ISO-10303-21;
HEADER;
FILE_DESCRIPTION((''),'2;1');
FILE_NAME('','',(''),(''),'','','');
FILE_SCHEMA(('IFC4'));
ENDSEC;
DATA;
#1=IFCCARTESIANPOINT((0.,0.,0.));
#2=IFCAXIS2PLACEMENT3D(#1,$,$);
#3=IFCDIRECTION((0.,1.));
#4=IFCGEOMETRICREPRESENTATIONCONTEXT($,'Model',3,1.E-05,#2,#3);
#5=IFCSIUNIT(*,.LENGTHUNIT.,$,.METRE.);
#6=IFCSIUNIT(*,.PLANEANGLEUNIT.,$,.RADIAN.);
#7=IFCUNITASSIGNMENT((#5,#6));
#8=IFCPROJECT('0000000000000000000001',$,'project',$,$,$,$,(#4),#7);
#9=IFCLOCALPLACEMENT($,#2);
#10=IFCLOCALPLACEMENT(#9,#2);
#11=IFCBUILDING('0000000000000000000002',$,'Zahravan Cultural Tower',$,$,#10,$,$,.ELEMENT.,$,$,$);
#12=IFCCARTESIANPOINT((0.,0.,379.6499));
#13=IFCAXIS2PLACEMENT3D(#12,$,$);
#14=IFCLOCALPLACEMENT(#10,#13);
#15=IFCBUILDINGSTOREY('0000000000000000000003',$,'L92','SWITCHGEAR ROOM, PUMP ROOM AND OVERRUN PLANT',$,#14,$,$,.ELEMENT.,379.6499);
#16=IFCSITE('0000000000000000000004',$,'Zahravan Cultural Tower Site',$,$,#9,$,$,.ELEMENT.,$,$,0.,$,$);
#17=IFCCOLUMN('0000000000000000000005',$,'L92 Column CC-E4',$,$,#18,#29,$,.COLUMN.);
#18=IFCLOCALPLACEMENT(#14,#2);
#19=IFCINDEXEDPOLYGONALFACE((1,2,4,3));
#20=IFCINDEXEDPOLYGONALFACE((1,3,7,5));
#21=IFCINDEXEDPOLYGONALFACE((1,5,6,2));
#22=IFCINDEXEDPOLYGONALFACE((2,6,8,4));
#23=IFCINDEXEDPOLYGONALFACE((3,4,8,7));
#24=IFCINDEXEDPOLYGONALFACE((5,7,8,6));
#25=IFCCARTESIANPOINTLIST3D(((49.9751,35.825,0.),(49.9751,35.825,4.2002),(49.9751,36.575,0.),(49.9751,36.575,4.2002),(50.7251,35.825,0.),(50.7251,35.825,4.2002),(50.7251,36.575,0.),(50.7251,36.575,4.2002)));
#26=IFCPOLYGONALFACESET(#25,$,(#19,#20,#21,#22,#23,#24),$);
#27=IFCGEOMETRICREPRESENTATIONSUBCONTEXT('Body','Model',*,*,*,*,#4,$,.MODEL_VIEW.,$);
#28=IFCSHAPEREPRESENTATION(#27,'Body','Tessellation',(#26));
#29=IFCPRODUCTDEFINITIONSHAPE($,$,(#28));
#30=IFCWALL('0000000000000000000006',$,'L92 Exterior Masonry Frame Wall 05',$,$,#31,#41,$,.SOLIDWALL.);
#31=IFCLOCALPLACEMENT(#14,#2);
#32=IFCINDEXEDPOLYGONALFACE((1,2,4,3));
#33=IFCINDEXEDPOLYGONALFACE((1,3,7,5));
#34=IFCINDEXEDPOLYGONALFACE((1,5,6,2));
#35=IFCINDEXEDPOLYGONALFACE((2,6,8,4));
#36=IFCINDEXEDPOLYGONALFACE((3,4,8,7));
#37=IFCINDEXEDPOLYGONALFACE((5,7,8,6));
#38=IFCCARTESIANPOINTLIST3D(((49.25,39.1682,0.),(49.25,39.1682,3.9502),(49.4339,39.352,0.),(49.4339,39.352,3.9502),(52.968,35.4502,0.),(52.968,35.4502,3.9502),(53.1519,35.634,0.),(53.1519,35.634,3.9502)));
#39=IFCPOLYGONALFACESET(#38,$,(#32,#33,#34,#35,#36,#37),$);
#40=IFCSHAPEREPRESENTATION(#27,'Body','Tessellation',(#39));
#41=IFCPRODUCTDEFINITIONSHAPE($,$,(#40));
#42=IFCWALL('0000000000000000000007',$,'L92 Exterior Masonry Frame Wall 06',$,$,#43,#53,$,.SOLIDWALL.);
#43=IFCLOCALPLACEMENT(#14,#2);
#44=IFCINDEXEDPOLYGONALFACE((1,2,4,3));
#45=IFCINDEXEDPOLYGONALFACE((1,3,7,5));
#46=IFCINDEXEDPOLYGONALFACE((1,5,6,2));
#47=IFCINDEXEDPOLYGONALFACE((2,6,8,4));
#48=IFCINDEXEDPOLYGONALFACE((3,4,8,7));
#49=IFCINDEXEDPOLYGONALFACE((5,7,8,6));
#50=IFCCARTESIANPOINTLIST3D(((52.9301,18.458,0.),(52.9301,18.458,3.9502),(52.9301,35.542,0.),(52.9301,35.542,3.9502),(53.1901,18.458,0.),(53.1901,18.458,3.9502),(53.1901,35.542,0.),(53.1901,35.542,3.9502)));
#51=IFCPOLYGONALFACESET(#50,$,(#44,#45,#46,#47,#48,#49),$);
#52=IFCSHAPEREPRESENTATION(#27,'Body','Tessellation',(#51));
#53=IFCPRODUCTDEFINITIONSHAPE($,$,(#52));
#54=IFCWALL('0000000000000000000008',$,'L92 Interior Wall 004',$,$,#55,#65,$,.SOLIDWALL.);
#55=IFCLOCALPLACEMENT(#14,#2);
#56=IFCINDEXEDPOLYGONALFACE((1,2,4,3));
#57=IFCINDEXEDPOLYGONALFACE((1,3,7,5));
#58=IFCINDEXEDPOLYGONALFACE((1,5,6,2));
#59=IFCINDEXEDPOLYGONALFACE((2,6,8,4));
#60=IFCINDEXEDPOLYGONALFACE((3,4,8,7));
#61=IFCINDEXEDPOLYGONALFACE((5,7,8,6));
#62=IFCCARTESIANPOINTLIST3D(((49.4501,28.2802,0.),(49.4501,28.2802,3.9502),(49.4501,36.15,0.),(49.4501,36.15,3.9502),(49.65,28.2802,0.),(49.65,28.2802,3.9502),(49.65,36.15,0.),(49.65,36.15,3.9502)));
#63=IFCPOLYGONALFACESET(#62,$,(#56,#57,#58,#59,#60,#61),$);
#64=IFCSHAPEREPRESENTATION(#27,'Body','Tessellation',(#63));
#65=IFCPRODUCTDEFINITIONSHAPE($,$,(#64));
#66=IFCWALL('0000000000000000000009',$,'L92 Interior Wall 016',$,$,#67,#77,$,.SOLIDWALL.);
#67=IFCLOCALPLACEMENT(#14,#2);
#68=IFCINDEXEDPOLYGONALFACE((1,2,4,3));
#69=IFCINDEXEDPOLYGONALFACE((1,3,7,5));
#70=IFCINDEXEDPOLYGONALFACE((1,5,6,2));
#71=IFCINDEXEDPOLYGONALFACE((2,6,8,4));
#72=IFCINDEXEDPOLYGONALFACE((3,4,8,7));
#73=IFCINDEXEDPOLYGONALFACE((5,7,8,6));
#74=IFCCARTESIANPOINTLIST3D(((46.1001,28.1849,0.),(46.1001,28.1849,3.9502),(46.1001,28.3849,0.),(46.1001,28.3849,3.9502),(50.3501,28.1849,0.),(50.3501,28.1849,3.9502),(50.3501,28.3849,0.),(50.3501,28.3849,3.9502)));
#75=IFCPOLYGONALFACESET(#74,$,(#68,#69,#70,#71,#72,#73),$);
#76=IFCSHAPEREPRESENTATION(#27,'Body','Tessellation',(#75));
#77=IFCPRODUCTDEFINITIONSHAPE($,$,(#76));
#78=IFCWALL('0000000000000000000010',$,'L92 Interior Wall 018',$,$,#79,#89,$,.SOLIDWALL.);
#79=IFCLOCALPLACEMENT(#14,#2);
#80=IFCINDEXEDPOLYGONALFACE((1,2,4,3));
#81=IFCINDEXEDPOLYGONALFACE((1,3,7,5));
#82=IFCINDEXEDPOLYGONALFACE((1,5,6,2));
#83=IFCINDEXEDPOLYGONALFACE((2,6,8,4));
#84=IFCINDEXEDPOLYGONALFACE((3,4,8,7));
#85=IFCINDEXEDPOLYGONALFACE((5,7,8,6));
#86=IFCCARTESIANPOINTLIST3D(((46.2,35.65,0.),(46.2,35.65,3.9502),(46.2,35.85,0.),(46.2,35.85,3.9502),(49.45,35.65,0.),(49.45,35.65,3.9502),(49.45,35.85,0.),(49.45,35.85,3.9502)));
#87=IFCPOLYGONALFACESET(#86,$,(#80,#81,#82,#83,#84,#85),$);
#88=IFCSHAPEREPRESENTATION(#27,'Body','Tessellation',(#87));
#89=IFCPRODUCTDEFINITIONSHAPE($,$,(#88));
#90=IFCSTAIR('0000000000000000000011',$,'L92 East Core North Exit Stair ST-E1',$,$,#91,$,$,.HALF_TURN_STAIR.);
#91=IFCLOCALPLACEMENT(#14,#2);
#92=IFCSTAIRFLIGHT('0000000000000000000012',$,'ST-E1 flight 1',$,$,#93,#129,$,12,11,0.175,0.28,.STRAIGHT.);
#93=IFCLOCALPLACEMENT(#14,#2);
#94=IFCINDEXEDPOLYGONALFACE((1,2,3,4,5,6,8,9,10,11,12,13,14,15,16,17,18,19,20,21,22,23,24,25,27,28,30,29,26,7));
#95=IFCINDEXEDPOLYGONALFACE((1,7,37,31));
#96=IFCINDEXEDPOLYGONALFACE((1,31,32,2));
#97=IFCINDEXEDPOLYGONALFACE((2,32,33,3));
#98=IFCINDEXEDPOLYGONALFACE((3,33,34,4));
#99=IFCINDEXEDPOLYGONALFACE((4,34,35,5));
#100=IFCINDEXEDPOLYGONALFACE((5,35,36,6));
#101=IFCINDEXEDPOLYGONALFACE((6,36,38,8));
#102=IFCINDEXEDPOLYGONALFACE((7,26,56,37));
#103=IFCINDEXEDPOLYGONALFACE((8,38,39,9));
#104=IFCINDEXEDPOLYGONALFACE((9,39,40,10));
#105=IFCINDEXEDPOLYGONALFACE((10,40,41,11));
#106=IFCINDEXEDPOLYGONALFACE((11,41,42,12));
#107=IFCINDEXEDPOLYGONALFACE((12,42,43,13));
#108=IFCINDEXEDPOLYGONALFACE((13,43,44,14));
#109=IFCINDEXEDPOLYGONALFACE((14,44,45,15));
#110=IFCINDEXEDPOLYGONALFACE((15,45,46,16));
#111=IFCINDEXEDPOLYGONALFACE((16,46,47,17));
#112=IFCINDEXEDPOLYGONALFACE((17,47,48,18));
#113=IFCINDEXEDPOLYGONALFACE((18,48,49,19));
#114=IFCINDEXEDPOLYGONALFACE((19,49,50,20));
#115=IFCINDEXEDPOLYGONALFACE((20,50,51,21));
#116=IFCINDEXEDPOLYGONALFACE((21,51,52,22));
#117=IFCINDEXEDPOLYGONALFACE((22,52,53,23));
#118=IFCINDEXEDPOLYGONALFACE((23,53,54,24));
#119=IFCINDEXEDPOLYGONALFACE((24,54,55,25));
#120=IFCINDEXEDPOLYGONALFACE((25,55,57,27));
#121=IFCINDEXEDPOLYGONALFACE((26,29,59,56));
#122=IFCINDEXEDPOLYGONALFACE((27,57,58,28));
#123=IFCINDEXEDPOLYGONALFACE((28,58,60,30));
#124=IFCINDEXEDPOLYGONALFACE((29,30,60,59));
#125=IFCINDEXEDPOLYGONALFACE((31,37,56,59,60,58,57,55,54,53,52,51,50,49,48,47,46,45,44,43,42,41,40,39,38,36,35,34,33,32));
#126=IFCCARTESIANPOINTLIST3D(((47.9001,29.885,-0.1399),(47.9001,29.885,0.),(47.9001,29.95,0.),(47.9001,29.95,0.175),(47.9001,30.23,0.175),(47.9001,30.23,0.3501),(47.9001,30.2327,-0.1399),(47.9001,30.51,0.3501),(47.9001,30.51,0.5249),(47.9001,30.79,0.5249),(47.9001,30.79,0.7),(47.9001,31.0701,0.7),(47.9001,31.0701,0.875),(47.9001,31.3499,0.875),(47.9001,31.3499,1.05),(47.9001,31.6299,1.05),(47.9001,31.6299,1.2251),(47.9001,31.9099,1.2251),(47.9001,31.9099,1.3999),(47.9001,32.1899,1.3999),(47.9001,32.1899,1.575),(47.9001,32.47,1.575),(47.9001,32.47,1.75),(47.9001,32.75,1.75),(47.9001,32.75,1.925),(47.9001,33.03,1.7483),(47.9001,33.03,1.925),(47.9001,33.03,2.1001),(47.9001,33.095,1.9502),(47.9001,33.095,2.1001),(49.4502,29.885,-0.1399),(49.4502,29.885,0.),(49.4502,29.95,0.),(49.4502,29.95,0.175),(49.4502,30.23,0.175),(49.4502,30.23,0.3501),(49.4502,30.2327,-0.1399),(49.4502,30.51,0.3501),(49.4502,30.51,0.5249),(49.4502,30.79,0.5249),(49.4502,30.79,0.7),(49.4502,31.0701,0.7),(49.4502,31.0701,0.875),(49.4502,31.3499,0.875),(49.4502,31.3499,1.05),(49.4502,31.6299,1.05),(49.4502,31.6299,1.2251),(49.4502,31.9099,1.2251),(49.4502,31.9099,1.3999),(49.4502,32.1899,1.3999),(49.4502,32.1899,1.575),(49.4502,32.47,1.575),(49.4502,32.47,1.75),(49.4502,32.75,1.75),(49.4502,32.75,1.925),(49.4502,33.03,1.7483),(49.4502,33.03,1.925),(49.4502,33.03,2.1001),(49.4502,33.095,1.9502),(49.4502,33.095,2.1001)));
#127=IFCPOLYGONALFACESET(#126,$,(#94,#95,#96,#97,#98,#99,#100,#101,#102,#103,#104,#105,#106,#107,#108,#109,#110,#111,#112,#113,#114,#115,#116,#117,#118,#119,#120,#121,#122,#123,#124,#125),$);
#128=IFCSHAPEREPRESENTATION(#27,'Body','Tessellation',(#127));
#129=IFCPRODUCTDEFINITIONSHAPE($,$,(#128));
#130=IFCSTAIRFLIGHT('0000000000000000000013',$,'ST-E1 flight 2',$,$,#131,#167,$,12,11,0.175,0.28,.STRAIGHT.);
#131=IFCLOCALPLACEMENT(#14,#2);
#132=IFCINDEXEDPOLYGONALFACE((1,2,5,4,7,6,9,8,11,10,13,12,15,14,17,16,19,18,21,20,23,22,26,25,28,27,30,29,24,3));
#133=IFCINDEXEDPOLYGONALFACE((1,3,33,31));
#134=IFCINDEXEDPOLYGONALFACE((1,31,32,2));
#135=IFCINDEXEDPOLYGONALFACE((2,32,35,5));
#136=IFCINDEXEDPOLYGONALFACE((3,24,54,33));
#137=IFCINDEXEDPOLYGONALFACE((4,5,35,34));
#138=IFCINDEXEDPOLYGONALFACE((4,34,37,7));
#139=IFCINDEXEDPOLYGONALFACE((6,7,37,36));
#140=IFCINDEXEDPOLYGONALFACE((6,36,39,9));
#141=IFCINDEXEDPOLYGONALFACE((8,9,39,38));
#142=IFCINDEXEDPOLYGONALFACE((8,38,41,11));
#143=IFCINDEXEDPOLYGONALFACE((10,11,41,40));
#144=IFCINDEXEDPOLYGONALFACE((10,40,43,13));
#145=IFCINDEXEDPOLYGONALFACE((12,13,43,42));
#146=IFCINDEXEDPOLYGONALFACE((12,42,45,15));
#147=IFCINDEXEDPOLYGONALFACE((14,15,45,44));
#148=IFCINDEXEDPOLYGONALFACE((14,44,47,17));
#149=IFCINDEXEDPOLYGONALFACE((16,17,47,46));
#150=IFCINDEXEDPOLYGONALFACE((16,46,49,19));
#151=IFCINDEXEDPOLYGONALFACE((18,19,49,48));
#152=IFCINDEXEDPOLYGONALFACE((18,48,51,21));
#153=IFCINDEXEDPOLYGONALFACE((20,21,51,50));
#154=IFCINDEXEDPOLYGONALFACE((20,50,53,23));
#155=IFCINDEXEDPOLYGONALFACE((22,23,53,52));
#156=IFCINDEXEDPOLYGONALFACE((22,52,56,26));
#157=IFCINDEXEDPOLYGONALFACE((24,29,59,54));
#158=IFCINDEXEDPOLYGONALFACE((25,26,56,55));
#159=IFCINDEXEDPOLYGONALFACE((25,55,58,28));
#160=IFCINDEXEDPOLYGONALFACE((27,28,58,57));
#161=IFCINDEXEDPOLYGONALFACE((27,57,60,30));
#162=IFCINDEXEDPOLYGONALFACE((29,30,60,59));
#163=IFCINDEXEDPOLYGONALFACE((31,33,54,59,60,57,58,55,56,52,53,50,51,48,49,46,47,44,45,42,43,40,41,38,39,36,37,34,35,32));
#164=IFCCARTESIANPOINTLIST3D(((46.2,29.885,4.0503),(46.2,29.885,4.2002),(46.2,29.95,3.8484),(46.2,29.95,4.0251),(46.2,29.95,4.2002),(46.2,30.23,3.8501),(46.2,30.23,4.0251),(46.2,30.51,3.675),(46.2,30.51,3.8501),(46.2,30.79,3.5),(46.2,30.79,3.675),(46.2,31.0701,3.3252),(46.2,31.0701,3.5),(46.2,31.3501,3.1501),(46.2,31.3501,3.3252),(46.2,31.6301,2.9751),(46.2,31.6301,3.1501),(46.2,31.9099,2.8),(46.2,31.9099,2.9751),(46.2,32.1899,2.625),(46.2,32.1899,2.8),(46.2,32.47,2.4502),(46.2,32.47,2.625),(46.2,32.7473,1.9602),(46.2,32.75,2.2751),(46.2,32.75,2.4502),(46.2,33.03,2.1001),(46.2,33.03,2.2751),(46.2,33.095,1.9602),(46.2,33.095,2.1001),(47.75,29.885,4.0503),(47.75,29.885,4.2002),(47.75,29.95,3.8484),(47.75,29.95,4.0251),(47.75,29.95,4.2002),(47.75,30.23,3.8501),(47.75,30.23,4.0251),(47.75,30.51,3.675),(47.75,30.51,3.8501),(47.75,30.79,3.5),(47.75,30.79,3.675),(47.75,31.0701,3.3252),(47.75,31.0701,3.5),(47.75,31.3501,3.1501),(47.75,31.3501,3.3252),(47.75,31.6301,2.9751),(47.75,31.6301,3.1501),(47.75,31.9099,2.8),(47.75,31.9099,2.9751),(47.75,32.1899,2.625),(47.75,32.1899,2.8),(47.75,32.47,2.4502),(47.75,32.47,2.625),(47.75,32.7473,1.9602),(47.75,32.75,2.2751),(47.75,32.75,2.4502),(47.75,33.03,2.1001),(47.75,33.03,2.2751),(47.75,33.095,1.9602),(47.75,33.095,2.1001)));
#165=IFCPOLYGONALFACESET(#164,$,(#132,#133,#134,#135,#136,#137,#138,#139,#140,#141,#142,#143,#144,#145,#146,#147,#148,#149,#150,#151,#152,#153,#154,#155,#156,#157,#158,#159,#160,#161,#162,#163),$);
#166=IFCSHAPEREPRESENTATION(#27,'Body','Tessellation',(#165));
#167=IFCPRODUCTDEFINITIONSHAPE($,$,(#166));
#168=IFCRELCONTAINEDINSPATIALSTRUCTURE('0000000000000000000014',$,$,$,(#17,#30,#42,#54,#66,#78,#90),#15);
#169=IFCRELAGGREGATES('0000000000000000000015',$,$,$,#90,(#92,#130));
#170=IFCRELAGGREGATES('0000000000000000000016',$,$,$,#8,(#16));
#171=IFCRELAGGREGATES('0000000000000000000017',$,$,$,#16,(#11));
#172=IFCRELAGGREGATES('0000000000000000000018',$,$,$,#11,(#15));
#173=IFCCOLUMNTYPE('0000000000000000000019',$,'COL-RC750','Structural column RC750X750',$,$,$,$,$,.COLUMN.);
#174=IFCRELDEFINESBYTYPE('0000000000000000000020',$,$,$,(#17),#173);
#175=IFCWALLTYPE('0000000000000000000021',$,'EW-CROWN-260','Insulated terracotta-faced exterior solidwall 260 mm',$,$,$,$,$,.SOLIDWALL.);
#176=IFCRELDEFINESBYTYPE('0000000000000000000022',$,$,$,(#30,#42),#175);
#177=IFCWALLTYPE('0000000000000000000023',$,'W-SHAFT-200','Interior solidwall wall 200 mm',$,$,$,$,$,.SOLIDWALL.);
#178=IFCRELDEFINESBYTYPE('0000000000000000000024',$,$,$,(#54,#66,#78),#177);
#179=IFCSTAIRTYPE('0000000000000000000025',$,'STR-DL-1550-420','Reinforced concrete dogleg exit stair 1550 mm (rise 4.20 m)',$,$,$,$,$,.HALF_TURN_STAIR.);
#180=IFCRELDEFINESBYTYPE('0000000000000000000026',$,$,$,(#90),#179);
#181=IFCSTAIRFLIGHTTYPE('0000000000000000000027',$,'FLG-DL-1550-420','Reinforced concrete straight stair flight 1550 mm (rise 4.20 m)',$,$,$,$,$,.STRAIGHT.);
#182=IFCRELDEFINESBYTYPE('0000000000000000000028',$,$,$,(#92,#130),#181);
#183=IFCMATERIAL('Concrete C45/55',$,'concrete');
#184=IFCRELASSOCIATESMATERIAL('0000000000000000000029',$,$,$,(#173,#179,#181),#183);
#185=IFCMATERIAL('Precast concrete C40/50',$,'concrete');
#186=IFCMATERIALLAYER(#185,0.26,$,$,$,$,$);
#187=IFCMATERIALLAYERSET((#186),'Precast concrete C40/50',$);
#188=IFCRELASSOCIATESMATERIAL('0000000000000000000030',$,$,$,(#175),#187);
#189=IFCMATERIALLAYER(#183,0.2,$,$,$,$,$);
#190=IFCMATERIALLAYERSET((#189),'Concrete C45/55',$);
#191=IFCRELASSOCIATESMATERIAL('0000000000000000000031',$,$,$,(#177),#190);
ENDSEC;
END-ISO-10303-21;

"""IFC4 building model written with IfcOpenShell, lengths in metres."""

from ifc_helpers import new_model, si_unit, direction, frame, frame_2d, origin, origin_2d, place, context, subcontext, project, spatial, polyline, rectangle, outline, extrude, source, transform, mapped, material, layer, layer_set, material_profile, profile_set, type_object, element, aggregate, save


model = new_model("IFC4")

# Units and contexts
model_context = context("Model", 3, precision=1e-05, world=origin(), true_north=direction((0.0, 1.0)))
body_context = subcontext(model_context, "Body", "Model", "MODEL_VIEW")
ifc_project = project(units=[si_unit("LENGTHUNIT", "METRE"), si_unit("PLANEANGLEUNIT", "RADIAN")], contexts=[model_context])

# Site, building, storey
site_placement = place(None, origin())
site = spatial("IfcSite", under=ifc_project, at=site_placement, Name="Zahravan Cultural Tower Site", CompositionType="ELEMENT", RefElevation=0.0)
building_placement = place(site_placement, origin())
building = spatial("IfcBuilding", under=site, at=building_placement, Name="Zahravan Cultural Tower", CompositionType="ELEMENT")
storey_placement = place(building_placement, frame((0.0, 0.0, 379.6499)))
storey = spatial("IfcBuildingStorey", under=building, at=storey_placement, Name="L92", Description="SWITCHGEAR ROOM, PUMP ROOM AND OVERRUN PLANT", CompositionType="ELEMENT", Elevation=379.6499)

# Column
ifc_material_1 = material(Name="Concrete C45/55", Category="concrete")
ifc_material_profile = material_profile(ifc_material_1, rectangle(XDim=0.75, YDim=0.75, at=origin_2d()), Name="RC750X750")
ifc_profile_set = profile_set([ifc_material_profile], Name="Concrete C45/55")
column_type = type_object("IfcColumnType", Name="COL-RC750", Description="Structural column RC750X750", PredefinedType="COLUMN", material=ifc_profile_set)
shared_shape_1 = source(origin(), body_context, "Body", "SweptSolid", [
    extrude(rectangle(XDim=0.75, YDim=0.75, at=origin_2d()), origin(), (0.0, 0.0, 1.0), 4.2002),
])
column_placement = place(storey_placement, frame((50.3501, 36.2, 0.0), z_axis=(0.0, 0.0, 1.0), x_axis=(1.0, 0.0, 0.0)))
element("IfcColumn", 1, at=column_placement, inside=storey, type_object=column_type, Name="L92 Column CC-E4", PredefinedType="COLUMN", context=body_context, shape_type="MappedRepresentation", body=[
    mapped(shared_shape_1, transform((0.0, 0.0, 0.0), x_axis=(1.0, 0.0, 0.0), y_axis=(0.0, 1.0, 0.0), z_axis=(0.0, 0.0, 1.0), scale=1.0)),
])

# Walls
ifc_material_2 = material(Name="Precast concrete C40/50", Category="concrete")
ifc_layer_1 = layer(ifc_material_2, 0.26)
ifc_layer_set_1 = layer_set([ifc_layer_1], Name="Precast concrete C40/50")
wall_type_1 = type_object("IfcWallType", Name="EW-CROWN-260", Description="Insulated terracotta-faced exterior solidwall 260 mm", PredefinedType="SOLIDWALL", material=ifc_layer_set_1)
shared_shape_2 = source(origin(), body_context, "Body", "SweptSolid", [
    extrude(rectangle(XDim=5.2581, YDim=0.26, at=frame_2d((2.6289, 0.0))), origin(), (0.0, 0.0, 1.0), 3.9502),
])
wall_1_placement = place(storey_placement, frame((49.342, 39.26, 0.0), z_axis=(0.0, 0.0, 1.0), x_axis=(0.707107, -0.707107, 0.0)))
element("IfcWall", 2, at=wall_1_placement, inside=storey, type_object=wall_type_1, Name="L92 Exterior Masonry Frame Wall 05", PredefinedType="SOLIDWALL", context=body_context, shape_type="MappedRepresentation", body=[
    mapped(shared_shape_2, transform((0.0, 0.0, 0.0), x_axis=(1.0, 0.0, 0.0), y_axis=(0.0, 1.0, 0.0), z_axis=(0.0, 0.0, 1.0), scale=1.0)),
])
shared_shape_3 = source(origin(), body_context, "Body", "SweptSolid", [
    extrude(rectangle(XDim=17.084, YDim=0.26, at=frame_2d((8.542, 0.0))), origin(), (0.0, 0.0, 1.0), 3.9502),
])
wall_2_placement = place(storey_placement, frame((53.0601, 35.542, 0.0), z_axis=(0.0, 0.0, 1.0), x_axis=(0.0, -1.0, 0.0)))
element("IfcWall", 3, at=wall_2_placement, inside=storey, type_object=wall_type_1, Name="L92 Exterior Masonry Frame Wall 06", PredefinedType="SOLIDWALL", context=body_context, shape_type="MappedRepresentation", body=[
    mapped(shared_shape_3, transform((0.0, 0.0, 0.0), x_axis=(1.0, 0.0, 0.0), y_axis=(0.0, 1.0, 0.0), z_axis=(0.0, 0.0, 1.0), scale=1.0)),
])
ifc_layer_2 = layer(ifc_material_1, 0.2)
ifc_layer_set_2 = layer_set([ifc_layer_2], Name="Concrete C45/55")
wall_type_2 = type_object("IfcWallType", Name="W-SHAFT-200", Description="Interior solidwall wall 200 mm", PredefinedType="SOLIDWALL", material=ifc_layer_set_2)
shared_shape_4 = source(origin(), body_context, "Body", "SweptSolid", [
    extrude(rectangle(XDim=7.8699, YDim=0.2, at=frame_2d((3.9351, 0.0))), origin(), (0.0, 0.0, 1.0), 3.9502),
])
wall_3_placement = place(storey_placement, frame((49.55, 28.28, 0.0), z_axis=(0.0, 0.0, 1.0), x_axis=(0.0, 1.0, 0.0)))
element("IfcWall", 4, at=wall_3_placement, inside=storey, type_object=wall_type_2, Name="L92 Interior Wall 004", PredefinedType="SOLIDWALL", context=body_context, shape_type="MappedRepresentation", body=[
    mapped(shared_shape_4, transform((0.0, 0.0, 0.0), x_axis=(1.0, 0.0, 0.0), y_axis=(0.0, 1.0, 0.0), z_axis=(0.0, 0.0, 1.0), scale=1.0)),
])
shared_shape_5 = source(origin(), body_context, "Body", "SweptSolid", [
    extrude(rectangle(XDim=4.25, YDim=0.2, at=frame_2d((2.125, 0.0))), origin(), (0.0, 0.0, 1.0), 3.9502),
])
wall_4_placement = place(storey_placement, frame((46.1001, 28.2849, 0.0), z_axis=(0.0, 0.0, 1.0), x_axis=(1.0, 0.0, 0.0)))
element("IfcWall", 5, at=wall_4_placement, inside=storey, type_object=wall_type_2, Name="L92 Interior Wall 016", PredefinedType="SOLIDWALL", context=body_context, shape_type="MappedRepresentation", body=[
    mapped(shared_shape_5, transform((0.0, 0.0, 0.0), x_axis=(1.0, 0.0, 0.0), y_axis=(0.0, 1.0, 0.0), z_axis=(0.0, 0.0, 1.0), scale=1.0)),
])
shared_shape_6 = source(origin(), body_context, "Body", "SweptSolid", [
    extrude(rectangle(XDim=3.25, YDim=0.2, at=frame_2d((1.625, 0.0))), origin(), (0.0, 0.0, 1.0), 3.9502),
])
wall_5_placement = place(storey_placement, frame((46.2, 35.75, 0.0), z_axis=(0.0, 0.0, 1.0), x_axis=(1.0, 0.0, 0.0)))
element("IfcWall", 6, at=wall_5_placement, inside=storey, type_object=wall_type_2, Name="L92 Interior Wall 018", PredefinedType="SOLIDWALL", context=body_context, shape_type="MappedRepresentation", body=[
    mapped(shared_shape_6, transform((0.0, 0.0, 0.0), x_axis=(1.0, 0.0, 0.0), y_axis=(0.0, 1.0, 0.0), z_axis=(0.0, 0.0, 1.0), scale=1.0)),
])

# Stair, stair flights
stair_type = type_object("IfcStairType", Name="STR-DL-1550-420", Description="Reinforced concrete dogleg exit stair 1550 mm (rise 4.20 m)", PredefinedType="HALF_TURN_STAIR", material=ifc_material_1)
stair_placement = place(storey_placement, origin())
stair = element("IfcStair", 7, at=stair_placement, inside=storey, type_object=stair_type, Name="L92 East Core North Exit Stair ST-E1", PredefinedType="HALF_TURN_STAIR")
stair_flight_type = type_object("IfcStairFlightType", Name="FLG-DL-1550-420", Description="Reinforced concrete straight stair flight 1550 mm (rise 4.20 m)", PredefinedType="STRAIGHT", material=ifc_material_1)
stair_flight_1_placement = place(storey_placement, frame((48.675, 29.95, 0.0), z_axis=(0.0, 0.0, 1.0), x_axis=(0.0, 1.0, 0.0)))
stair_flight_1 = element("IfcStairFlight", 8, at=stair_flight_1_placement, type_object=stair_flight_type, Name="ST-E1 flight 1", NumberOfRisers=12, NumberOfTreads=11, PredefinedType="STRAIGHT", RiserHeight=0.175, TreadLength=0.28, context=body_context, shape_type="SweptSolid", body=[
    extrude(outline(polyline([(-0.0649, -0.1399), (-0.0649, 0.0), (0.0, 0.0), (0.0, 0.175), (0.28, 0.175), (0.28, 0.3501), (0.5601, 0.3501), (0.5601, 0.5249), (0.8401, 0.5249), (0.8401, 0.7), (1.1201, 0.7), (1.1201, 0.875), (1.3999, 0.875), (1.3999, 1.05), (1.6799, 1.05), (1.6799, 1.2251), (1.96, 1.2251), (1.96, 1.3999), (2.24, 1.3999), (2.24, 1.575), (2.52, 1.575), (2.52, 1.75), (2.8, 1.75), (2.8, 1.925), (3.0801, 1.925), (3.0801, 2.1001), (3.145, 2.1001), (3.145, 1.9502), (3.0801, 1.7483), (0.2827, -0.1399), (-0.0649, -0.1399)])), frame((0.0, 0.7749, 0.0), z_axis=(0.0, -1.0, 0.0), x_axis=(1.0, 0.0, 0.0)), (0.0, 0.0, 1.0), 1.55),
])
stair_flight_2_placement = place(storey_placement, frame((46.9751, 33.03, 2.1001), z_axis=(0.0, 0.0, 1.0), x_axis=(0.0, -1.0, 0.0)))
stair_flight_2 = element("IfcStairFlight", 9, at=stair_flight_2_placement, type_object=stair_flight_type, Name="ST-E1 flight 2", NumberOfRisers=12, NumberOfTreads=11, PredefinedType="STRAIGHT", RiserHeight=0.175, TreadLength=0.28, context=body_context, shape_type="SweptSolid", body=[
    extrude(outline(polyline([(-0.0649, -0.1399), (-0.0649, 0.0), (0.0, 0.0), (0.0, 0.175), (0.28, 0.175), (0.28, 0.3501), (0.5601, 0.3501), (0.5601, 0.5249), (0.8401, 0.5249), (0.8401, 0.7), (1.1201, 0.7), (1.1201, 0.875), (1.3999, 0.875), (1.3999, 1.05), (1.6799, 1.05), (1.6799, 1.2251), (1.96, 1.2251), (1.96, 1.3999), (2.24, 1.3999), (2.24, 1.575), (2.52, 1.575), (2.52, 1.75), (2.8, 1.75), (2.8, 1.925), (3.0801, 1.925), (3.0801, 2.1001), (3.145, 2.1001), (3.145, 1.9502), (3.0801, 1.7483), (0.2827, -0.1399), (-0.0649, -0.1399)])), frame((0.0, 0.7749, 0.0), z_axis=(0.0, -1.0, 0.0), x_axis=(1.0, 0.0, 0.0)), (0.0, 0.0, 1.0), 1.55),
])
aggregate(stair, [stair_flight_1, stair_flight_2])

save(model, "model.ifc")
